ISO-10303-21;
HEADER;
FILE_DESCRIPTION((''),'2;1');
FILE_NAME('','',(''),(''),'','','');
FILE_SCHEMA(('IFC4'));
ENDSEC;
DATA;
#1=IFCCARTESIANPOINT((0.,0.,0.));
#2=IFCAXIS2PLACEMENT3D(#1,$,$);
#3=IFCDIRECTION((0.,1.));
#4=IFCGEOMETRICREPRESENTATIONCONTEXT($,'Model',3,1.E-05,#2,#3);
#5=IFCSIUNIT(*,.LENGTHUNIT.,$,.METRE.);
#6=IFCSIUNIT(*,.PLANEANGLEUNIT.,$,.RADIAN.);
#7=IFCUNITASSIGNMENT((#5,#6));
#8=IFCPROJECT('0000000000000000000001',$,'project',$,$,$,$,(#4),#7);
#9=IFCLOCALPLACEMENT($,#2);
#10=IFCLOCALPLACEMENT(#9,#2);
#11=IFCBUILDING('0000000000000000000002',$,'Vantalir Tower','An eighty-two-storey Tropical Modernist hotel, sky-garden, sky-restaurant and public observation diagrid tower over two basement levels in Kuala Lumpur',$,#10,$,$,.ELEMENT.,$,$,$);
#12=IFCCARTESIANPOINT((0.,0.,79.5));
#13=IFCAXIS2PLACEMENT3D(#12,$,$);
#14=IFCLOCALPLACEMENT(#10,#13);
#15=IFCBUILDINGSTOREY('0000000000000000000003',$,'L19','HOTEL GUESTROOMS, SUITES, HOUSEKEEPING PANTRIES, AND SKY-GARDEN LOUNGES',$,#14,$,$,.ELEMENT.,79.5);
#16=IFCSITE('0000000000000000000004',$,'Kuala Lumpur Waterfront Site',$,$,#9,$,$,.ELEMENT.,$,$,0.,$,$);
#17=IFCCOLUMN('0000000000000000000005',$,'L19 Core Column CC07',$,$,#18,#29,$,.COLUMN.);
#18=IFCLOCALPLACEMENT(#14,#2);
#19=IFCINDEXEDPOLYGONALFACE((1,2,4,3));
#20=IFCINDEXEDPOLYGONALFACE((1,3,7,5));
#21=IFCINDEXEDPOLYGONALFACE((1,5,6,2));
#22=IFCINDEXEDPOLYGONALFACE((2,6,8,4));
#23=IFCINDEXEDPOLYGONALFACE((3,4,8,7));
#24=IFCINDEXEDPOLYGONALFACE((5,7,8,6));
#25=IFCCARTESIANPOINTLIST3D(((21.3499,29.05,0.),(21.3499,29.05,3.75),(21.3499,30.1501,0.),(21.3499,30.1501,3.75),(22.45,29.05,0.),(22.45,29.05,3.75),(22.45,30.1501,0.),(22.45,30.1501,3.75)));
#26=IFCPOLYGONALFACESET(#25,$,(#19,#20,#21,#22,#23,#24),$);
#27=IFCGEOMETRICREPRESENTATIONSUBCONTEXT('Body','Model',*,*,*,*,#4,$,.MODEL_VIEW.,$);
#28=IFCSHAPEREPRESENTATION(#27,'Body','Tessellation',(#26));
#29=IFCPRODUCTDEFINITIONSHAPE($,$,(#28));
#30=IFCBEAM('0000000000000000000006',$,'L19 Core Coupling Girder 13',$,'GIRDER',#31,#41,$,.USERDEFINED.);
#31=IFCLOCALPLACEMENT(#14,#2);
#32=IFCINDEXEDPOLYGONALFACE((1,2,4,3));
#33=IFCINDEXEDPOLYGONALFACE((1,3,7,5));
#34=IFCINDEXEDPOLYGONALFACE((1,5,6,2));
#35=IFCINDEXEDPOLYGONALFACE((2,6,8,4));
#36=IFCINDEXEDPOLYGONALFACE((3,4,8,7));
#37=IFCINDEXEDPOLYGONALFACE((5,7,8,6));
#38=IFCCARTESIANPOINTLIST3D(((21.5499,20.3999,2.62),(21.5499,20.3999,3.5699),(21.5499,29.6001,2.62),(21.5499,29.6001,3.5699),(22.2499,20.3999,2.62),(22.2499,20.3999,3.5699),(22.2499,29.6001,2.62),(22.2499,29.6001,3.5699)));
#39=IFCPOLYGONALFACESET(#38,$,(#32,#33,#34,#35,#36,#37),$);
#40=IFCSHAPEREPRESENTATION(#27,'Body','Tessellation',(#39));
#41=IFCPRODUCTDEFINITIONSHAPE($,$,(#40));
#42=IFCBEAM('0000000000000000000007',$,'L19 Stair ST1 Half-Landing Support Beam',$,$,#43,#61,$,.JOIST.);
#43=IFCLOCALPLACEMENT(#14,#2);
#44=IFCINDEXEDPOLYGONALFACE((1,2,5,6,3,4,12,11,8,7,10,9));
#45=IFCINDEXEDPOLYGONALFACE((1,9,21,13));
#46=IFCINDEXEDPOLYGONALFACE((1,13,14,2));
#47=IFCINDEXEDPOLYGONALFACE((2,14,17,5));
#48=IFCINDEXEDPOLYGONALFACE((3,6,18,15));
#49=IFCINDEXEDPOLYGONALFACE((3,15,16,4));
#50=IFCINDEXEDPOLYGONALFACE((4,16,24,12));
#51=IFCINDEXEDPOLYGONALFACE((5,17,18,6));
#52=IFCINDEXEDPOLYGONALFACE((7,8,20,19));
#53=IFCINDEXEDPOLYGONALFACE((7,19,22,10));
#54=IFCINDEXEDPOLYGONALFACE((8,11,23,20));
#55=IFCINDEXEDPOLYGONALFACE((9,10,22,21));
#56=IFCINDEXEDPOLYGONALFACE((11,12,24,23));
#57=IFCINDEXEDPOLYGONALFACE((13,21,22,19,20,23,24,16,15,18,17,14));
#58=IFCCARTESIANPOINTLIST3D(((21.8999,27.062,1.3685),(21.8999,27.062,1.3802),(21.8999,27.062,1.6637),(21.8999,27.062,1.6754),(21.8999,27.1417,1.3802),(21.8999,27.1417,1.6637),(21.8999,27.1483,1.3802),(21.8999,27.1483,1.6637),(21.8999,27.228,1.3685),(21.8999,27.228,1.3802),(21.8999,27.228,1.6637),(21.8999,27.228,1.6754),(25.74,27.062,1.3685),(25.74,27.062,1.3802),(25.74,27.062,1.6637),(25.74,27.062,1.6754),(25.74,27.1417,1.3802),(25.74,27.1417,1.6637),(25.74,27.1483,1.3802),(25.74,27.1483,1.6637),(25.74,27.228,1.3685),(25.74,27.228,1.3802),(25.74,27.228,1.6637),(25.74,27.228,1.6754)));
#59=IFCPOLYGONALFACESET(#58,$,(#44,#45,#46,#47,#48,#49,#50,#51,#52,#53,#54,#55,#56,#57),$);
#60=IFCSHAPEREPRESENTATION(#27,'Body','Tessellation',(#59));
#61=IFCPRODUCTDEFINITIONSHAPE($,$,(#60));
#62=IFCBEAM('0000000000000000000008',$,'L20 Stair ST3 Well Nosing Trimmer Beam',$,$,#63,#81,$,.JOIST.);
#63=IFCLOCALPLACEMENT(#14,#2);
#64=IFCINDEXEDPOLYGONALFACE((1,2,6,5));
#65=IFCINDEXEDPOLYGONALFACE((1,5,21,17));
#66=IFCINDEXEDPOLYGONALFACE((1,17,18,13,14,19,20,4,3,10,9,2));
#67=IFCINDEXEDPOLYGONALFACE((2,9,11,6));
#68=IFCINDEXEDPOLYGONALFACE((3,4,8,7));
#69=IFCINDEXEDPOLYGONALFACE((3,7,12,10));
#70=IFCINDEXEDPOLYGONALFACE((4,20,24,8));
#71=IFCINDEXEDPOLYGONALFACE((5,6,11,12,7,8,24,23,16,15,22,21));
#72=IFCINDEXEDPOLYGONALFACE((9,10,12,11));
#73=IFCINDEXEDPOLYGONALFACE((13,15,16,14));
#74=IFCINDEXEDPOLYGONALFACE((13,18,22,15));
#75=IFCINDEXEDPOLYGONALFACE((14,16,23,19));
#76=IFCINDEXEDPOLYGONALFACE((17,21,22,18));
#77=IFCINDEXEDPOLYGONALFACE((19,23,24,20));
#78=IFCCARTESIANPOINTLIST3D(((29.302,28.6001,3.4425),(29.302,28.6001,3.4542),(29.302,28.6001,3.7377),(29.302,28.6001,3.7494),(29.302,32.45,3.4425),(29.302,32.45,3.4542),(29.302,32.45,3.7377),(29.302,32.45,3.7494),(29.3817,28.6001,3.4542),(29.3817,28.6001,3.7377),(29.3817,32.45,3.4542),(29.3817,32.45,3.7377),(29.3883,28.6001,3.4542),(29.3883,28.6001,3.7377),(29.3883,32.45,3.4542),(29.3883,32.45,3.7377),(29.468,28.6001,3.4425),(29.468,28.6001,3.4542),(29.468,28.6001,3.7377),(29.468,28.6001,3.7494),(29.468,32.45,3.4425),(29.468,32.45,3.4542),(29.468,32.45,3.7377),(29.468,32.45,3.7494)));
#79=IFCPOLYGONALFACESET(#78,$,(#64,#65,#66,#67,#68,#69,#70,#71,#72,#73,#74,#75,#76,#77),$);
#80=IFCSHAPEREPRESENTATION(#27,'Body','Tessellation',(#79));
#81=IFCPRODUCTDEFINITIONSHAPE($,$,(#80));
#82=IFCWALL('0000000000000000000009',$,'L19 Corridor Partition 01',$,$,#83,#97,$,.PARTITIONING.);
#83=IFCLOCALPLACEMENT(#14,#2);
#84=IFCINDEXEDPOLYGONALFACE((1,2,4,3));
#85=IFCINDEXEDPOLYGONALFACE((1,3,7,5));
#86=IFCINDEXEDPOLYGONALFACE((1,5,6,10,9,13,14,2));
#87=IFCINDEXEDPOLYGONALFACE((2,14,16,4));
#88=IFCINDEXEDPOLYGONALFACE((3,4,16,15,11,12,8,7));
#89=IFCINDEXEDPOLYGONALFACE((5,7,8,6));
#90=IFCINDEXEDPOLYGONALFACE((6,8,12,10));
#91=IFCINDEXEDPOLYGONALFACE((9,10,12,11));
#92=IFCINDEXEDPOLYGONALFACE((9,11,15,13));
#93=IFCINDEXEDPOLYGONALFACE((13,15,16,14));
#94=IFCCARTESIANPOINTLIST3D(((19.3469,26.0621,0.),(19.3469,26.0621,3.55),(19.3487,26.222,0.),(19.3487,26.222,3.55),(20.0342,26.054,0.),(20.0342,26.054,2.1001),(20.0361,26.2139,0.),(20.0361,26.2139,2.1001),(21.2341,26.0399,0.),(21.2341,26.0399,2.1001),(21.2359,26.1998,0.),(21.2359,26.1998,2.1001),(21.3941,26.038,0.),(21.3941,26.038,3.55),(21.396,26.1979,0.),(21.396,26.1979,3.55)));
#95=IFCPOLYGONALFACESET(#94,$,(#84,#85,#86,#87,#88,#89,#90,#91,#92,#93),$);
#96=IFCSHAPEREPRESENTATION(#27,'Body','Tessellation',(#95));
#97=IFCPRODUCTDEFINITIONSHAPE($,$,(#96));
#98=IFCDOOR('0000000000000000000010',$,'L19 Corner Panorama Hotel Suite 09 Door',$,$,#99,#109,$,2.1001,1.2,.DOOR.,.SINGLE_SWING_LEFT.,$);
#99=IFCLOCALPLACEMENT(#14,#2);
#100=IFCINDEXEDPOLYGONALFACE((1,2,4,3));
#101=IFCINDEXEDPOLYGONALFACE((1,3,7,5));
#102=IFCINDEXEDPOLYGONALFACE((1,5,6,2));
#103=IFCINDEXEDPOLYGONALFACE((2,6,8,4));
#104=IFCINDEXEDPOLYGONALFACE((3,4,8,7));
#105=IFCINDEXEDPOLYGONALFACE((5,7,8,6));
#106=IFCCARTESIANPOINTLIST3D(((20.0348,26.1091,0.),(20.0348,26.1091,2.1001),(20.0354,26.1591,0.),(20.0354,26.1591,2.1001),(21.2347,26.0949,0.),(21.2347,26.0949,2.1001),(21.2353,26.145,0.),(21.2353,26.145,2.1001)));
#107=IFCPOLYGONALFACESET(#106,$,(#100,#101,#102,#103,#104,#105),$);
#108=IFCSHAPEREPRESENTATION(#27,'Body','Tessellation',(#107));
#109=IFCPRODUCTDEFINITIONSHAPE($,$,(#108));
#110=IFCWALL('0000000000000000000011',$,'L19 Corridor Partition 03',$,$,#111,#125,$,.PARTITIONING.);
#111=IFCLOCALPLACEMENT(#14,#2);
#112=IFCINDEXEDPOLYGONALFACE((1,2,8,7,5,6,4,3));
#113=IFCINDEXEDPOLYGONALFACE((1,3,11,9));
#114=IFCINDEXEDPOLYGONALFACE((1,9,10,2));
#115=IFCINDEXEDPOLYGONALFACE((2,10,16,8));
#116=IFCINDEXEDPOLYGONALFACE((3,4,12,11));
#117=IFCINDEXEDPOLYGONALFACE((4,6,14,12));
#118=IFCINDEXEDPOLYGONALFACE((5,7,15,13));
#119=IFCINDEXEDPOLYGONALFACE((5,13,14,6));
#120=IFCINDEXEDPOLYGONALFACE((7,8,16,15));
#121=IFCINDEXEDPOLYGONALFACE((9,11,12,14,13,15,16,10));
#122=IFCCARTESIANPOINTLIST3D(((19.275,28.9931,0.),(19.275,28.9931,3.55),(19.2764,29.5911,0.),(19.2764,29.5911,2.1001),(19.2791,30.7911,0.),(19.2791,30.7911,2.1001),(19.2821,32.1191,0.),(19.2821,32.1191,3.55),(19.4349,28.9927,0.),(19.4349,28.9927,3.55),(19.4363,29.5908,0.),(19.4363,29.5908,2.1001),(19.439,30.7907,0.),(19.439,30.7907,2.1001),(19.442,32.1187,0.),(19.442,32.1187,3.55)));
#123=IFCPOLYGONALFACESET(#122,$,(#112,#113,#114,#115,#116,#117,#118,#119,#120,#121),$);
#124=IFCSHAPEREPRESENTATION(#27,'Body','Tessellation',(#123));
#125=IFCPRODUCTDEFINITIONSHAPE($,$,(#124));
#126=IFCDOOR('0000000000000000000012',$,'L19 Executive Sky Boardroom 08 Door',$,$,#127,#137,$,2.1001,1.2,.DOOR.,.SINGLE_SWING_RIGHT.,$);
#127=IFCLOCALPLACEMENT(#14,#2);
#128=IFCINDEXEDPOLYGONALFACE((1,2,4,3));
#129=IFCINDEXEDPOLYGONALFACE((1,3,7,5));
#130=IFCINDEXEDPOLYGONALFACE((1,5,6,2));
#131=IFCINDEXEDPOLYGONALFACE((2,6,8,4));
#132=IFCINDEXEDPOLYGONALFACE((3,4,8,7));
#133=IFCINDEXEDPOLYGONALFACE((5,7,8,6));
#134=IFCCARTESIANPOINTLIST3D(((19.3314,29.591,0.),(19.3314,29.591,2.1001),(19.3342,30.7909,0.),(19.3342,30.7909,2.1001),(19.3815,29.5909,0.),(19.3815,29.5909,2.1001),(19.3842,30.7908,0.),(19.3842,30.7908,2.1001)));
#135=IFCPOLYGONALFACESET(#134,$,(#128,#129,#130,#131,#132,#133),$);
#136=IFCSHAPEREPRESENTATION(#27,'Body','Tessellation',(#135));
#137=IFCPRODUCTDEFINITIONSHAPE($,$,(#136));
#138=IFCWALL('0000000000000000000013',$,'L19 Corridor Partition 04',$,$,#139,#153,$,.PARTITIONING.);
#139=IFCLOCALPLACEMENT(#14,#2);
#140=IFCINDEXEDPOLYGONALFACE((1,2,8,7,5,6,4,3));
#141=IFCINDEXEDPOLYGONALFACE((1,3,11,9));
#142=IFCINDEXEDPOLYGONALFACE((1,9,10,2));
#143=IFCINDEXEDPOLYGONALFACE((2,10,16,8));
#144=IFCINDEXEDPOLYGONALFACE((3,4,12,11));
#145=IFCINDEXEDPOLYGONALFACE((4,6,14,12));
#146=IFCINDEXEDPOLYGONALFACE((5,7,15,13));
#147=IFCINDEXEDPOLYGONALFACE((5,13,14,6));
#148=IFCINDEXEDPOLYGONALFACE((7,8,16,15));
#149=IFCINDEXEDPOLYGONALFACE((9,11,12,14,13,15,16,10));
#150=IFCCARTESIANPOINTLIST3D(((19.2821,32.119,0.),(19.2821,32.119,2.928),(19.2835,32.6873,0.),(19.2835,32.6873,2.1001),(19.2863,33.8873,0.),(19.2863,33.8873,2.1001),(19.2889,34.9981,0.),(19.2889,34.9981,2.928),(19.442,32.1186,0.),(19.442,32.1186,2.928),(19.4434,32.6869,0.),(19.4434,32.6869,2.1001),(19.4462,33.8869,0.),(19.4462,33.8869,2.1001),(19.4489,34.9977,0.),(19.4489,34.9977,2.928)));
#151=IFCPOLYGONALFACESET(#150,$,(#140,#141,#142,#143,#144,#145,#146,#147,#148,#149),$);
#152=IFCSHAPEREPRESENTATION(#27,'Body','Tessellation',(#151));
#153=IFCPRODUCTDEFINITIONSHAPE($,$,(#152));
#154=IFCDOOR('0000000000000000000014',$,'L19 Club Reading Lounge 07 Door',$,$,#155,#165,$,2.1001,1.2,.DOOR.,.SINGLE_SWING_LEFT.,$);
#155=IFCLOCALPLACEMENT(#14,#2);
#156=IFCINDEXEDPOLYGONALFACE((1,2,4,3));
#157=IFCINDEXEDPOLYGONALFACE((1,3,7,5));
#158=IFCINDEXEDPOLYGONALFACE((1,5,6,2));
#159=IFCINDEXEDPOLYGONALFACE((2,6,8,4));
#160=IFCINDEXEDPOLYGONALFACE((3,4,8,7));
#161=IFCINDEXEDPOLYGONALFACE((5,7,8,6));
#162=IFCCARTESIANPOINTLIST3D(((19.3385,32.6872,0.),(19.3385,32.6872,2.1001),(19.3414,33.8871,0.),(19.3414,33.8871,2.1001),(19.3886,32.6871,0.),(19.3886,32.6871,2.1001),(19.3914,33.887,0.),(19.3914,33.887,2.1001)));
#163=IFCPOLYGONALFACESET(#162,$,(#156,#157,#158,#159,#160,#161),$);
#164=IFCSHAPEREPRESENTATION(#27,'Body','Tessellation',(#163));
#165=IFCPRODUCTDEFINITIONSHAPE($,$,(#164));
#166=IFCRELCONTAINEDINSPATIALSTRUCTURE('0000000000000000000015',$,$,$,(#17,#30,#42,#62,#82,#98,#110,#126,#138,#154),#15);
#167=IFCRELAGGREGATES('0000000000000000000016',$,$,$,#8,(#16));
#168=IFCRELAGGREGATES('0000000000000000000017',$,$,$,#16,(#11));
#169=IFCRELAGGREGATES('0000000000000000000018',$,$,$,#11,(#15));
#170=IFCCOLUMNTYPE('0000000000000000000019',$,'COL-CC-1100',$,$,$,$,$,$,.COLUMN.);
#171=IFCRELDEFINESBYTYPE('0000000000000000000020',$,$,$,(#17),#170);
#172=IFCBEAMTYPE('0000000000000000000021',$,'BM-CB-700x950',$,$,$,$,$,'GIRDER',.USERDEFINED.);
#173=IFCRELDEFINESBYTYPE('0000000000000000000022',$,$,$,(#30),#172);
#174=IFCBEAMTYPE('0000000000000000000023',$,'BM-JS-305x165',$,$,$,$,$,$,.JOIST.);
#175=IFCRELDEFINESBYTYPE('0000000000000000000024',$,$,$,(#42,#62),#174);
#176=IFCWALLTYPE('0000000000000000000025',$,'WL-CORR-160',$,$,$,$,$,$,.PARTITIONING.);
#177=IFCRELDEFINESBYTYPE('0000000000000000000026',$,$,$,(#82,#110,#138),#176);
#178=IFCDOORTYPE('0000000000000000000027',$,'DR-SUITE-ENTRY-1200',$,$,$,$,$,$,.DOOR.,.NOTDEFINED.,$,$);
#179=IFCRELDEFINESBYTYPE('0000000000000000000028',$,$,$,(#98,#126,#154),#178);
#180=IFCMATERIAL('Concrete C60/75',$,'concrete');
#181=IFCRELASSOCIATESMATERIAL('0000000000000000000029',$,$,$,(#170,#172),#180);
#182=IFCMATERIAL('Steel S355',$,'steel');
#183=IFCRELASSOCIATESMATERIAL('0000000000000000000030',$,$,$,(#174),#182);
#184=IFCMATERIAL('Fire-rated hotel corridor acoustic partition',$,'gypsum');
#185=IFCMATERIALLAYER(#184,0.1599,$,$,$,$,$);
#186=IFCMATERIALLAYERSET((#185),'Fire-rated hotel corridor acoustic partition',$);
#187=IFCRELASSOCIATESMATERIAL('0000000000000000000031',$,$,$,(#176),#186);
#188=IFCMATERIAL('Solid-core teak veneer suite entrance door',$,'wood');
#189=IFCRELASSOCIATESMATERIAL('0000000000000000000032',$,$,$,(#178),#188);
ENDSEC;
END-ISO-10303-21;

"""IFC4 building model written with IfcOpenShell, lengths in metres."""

from ifc_helpers import new_model, si_unit, direction, frame, frame_2d, origin, origin_2d, place, context, subcontext, project, spatial, rectangle, i_section, extrude, material, layer, layer_set, material_profile, profile_set, type_object, element, fill, save


model = new_model("IFC4")

# Units and contexts
model_context = context("Model", 3, precision=1e-05, world=origin(), true_north=direction((0.0, 1.0)))
body_context = subcontext(model_context, "Body", "Model", "MODEL_VIEW")
ifc_project = project(units=[si_unit("LENGTHUNIT", "METRE"), si_unit("PLANEANGLEUNIT", "RADIAN")], contexts=[model_context])

# Site, building, storey
site_placement = place(None, origin())
site = spatial("IfcSite", under=ifc_project, at=site_placement, Name="Kuala Lumpur Waterfront Site", CompositionType="ELEMENT", RefElevation=0.0)
building_placement = place(site_placement, origin())
building = spatial("IfcBuilding", under=site, at=building_placement, Name="Vantalir Tower", Description="An eighty-two-storey Tropical Modernist hotel, sky-garden, sky-restaurant and public observation diagrid tower over two basement levels in Kuala Lumpur", CompositionType="ELEMENT")
storey_placement = place(building_placement, frame((0.0, 0.0, 79.5)))
storey = spatial("IfcBuildingStorey", under=building, at=storey_placement, Name="L19", Description="HOTEL GUESTROOMS, SUITES, HOUSEKEEPING PANTRIES, AND SKY-GARDEN LOUNGES", CompositionType="ELEMENT", Elevation=79.5)

# Column
ifc_material_1 = material(Name="Concrete C60/75", Category="concrete")
ifc_material_profile_1 = material_profile(ifc_material_1, rectangle(XDim=1.1001, YDim=1.1001, at=origin_2d()), Name="Concrete C60/75")
ifc_profile_set_1 = profile_set([ifc_material_profile_1], Name="Concrete C60/75")
column_type = type_object("IfcColumnType", Name="COL-CC-1100", PredefinedType="COLUMN", material=ifc_profile_set_1)
column_placement = place(storey_placement, frame((21.8999, 29.6001, 0.0), z_axis=(0.0, 0.0, 1.0), x_axis=(1.0, 0.0, 0.0)))
element("IfcColumn", 1, at=column_placement, inside=storey, type_object=column_type, Name="L19 Core Column CC07", PredefinedType="COLUMN", context=body_context, shape_type="SweptSolid", body=[
    extrude(rectangle(XDim=1.1001, YDim=1.1001, at=origin_2d()), origin(), (0.0, 0.0, 1.0), 3.75),
])

# Beams
ifc_material_profile_2 = material_profile(ifc_material_1, rectangle(XDim=0.7, YDim=0.95, at=origin_2d()), Name="Concrete C60/75")
ifc_profile_set_2 = profile_set([ifc_material_profile_2], Name="Concrete C60/75")
beam_type_1 = type_object("IfcBeamType", Name="BM-CB-700x950", ElementType="GIRDER", PredefinedType="USERDEFINED", material=ifc_profile_set_2)
beam_1_placement = place(storey_placement, frame((21.8999, 29.6001, 3.095), z_axis=(0.0, -1.0, 0.0), x_axis=(1.0, 0.0, 0.0)))
element("IfcBeam", 2, at=beam_1_placement, inside=storey, type_object=beam_type_1, Name="L19 Core Coupling Girder 13", ObjectType="GIRDER", PredefinedType="USERDEFINED", context=body_context, shape_type="SweptSolid", body=[
    extrude(rectangle(XDim=0.7, YDim=0.95, at=origin_2d()), origin(), (0.0, 0.0, 1.0), 9.2002),
])
ifc_material_2 = material(Name="Steel S355", Category="steel")
ifc_material_profile_3 = material_profile(ifc_material_2, i_section(OverallWidth=0.166, OverallDepth=0.3069, WebThickness=0.0066, FlangeThickness=0.0117, at=origin_2d()), Name="Steel S355")
ifc_profile_set_3 = profile_set([ifc_material_profile_3], Name="Steel S355")
beam_type_2 = type_object("IfcBeamType", Name="BM-JS-305x165", PredefinedType="JOIST", material=ifc_profile_set_3)
beam_2_placement = place(storey_placement, frame((21.8999, 27.145, 1.522), z_axis=(1.0, 0.0, 0.0), x_axis=(0.0, 1.0, 0.0)))
element("IfcBeam", 3, at=beam_2_placement, inside=storey, type_object=beam_type_2, Name="L19 Stair ST1 Half-Landing Support Beam", PredefinedType="JOIST", context=body_context, shape_type="SweptSolid", body=[
    extrude(i_section(OverallWidth=0.166, OverallDepth=0.3069, WebThickness=0.0066, FlangeThickness=0.0117, at=origin_2d()), origin(), (0.0, 0.0, 1.0), 3.8401),
])
beam_3_placement = place(storey_placement, frame((29.385, 28.6001, 3.5959), z_axis=(0.0, 1.0, 0.0), x_axis=(-1.0, 0.0, 0.0)))
element("IfcBeam", 4, at=beam_3_placement, inside=storey, type_object=beam_type_2, Name="L20 Stair ST3 Well Nosing Trimmer Beam", PredefinedType="JOIST", context=body_context, shape_type="SweptSolid", body=[
    extrude(i_section(OverallWidth=0.166, OverallDepth=0.3069, WebThickness=0.0066, FlangeThickness=0.0117, at=origin_2d()), origin(), (0.0, 0.0, 1.0), 3.8499),
])

# Walls, openings, doors
ifc_material_3 = material(Name="Fire-rated hotel corridor acoustic partition", Category="gypsum")
ifc_layer_1 = layer(ifc_material_3, 0.1599)
ifc_layer_set_1 = layer_set([ifc_layer_1], Name="Fire-rated hotel corridor acoustic partition")
wall_type_1 = type_object("IfcWallType", Name="WL-CORR-160", PredefinedType="PARTITIONING", material=ifc_layer_set_1)
wall_1_placement = place(storey_placement, frame((21.395, 26.1179, 0.0), z_axis=(0.0, 0.0, 1.0), x_axis=(-0.99993, 0.011806, 0.0)))
wall_1 = element("IfcWall", 5, at=wall_1_placement, inside=storey, type_object=wall_type_1, Name="L19 Corridor Partition 01", PredefinedType="PARTITIONING", context=body_context, shape_type="SweptSolid", body=[
    extrude(rectangle(XDim=2.0474, YDim=0.1599, at=frame_2d((1.0237, 0.0))), origin(), (0.0, 0.0, 1.0), 3.55),
])
opening_1_placement = place(wall_1_placement, frame((0.1599, 0.0, 0.0)))
opening_1 = element("IfcOpeningElement", 6, at=opening_1_placement, cuts=wall_1, PredefinedType="OPENING", context=body_context, shape_type="SweptSolid", body=[
    extrude(rectangle(XDim=1.2, YDim=2.1001, at=frame_2d((0.6001, 1.05))), frame((0.0, 0.0898, 0.0), z_axis=(0.0, -1.0, 0.0), x_axis=(1.0, 0.0, 0.0)), (0.0, 0.0, 1.0), 0.1799),
])
ifc_material_4 = material(Name="Solid-core teak veneer suite entrance door", Category="wood")
door_type_1 = type_object("IfcDoorType", Name="DR-SUITE-ENTRY-1200", OperationType="NOTDEFINED", PredefinedType="DOOR", material=ifc_material_4)
door_1_placement = place(opening_1_placement, origin())
door_1 = element("IfcDoor", 7, at=door_1_placement, inside=storey, type_object=door_type_1, Name="L19 Corner Panorama Hotel Suite 09 Door", OperationType="SINGLE_SWING_LEFT", OverallHeight=2.1001, OverallWidth=1.2, PredefinedType="DOOR", context=body_context, shape_type="SweptSolid", body=[
    extrude(rectangle(XDim=1.2, YDim=2.1001, at=frame_2d((0.6001, 1.05))), frame((0.0, 0.0249, 0.0), z_axis=(0.0, -1.0, 0.0), x_axis=(1.0, 0.0, 0.0)), (0.0, 0.0, 1.0), 0.05),
])
fill(opening_1, door_1)
wall_2_placement = place(storey_placement, frame((19.355, 28.9929, 0.0), z_axis=(0.0, 0.0, 1.0), x_axis=(0.002265, 0.999997, 0.0)))
wall_2 = element("IfcWall", 8, at=wall_2_placement, inside=storey, type_object=wall_type_1, Name="L19 Corridor Partition 03", PredefinedType="PARTITIONING", context=body_context, shape_type="SweptSolid", body=[
    extrude(rectangle(XDim=3.126, YDim=0.1599, at=frame_2d((1.563, 0.0))), origin(), (0.0, 0.0, 1.0), 3.55),
])
opening_2_placement = place(wall_2_placement, frame((0.5979, 0.0, 0.0)))
opening_2 = element("IfcOpeningElement", 9, at=opening_2_placement, cuts=wall_2, PredefinedType="OPENING", context=body_context, shape_type="SweptSolid", body=[
    extrude(rectangle(XDim=1.2, YDim=2.1001, at=frame_2d((0.6001, 1.05))), frame((0.0, 0.0898, 0.0), z_axis=(0.0, -1.0, 0.0), x_axis=(1.0, 0.0, 0.0)), (0.0, 0.0, 1.0), 0.1799),
])
door_2_placement = place(opening_2_placement, origin())
door_2 = element("IfcDoor", 10, at=door_2_placement, inside=storey, type_object=door_type_1, Name="L19 Executive Sky Boardroom 08 Door", OperationType="SINGLE_SWING_RIGHT", OverallHeight=2.1001, OverallWidth=1.2, PredefinedType="DOOR", context=body_context, shape_type="SweptSolid", body=[
    extrude(rectangle(XDim=1.2, YDim=2.1001, at=frame_2d((0.6001, 1.05))), frame((0.0, 0.0249, 0.0), z_axis=(0.0, -1.0, 0.0), x_axis=(1.0, 0.0, 0.0)), (0.0, 0.0, 1.0), 0.05),
])
fill(opening_2, door_2)
wall_3_placement = place(storey_placement, frame((19.3621, 32.1189, 0.0), z_axis=(0.0, 0.0, 1.0), x_axis=(0.002374, 0.999997, 0.0)))
wall_3 = element("IfcWall", 11, at=wall_3_placement, inside=storey, type_object=wall_type_1, Name="L19 Corridor Partition 04", PredefinedType="PARTITIONING", context=body_context, shape_type="SweptSolid", body=[
    extrude(rectangle(XDim=2.8792, YDim=0.1599, at=frame_2d((1.4395, 0.0))), origin(), (0.0, 0.0, 1.0), 2.928),
])
opening_3_placement = place(wall_3_placement, frame((0.5681, 0.0, 0.0)))
opening_3 = element("IfcOpeningElement", 12, at=opening_3_placement, cuts=wall_3, PredefinedType="OPENING", context=body_context, shape_type="SweptSolid", body=[
    extrude(rectangle(XDim=1.2, YDim=2.1001, at=frame_2d((0.6001, 1.05))), frame((0.0, 0.0898, 0.0), z_axis=(0.0, -1.0, 0.0), x_axis=(1.0, 0.0, 0.0)), (0.0, 0.0, 1.0), 0.1799),
])
door_3_placement = place(opening_3_placement, origin())
door_3 = element("IfcDoor", 13, at=door_3_placement, inside=storey, type_object=door_type_1, Name="L19 Club Reading Lounge 07 Door", OperationType="SINGLE_SWING_LEFT", OverallHeight=2.1001, OverallWidth=1.2, PredefinedType="DOOR", context=body_context, shape_type="SweptSolid", body=[
    extrude(rectangle(XDim=1.2, YDim=2.1001, at=frame_2d((0.6001, 1.05))), frame((0.0, 0.0249, 0.0), z_axis=(0.0, -1.0, 0.0), x_axis=(1.0, 0.0, 0.0)), (0.0, 0.0, 1.0), 0.05),
])
fill(opening_3, door_3)

save(model, "model.ifc")
